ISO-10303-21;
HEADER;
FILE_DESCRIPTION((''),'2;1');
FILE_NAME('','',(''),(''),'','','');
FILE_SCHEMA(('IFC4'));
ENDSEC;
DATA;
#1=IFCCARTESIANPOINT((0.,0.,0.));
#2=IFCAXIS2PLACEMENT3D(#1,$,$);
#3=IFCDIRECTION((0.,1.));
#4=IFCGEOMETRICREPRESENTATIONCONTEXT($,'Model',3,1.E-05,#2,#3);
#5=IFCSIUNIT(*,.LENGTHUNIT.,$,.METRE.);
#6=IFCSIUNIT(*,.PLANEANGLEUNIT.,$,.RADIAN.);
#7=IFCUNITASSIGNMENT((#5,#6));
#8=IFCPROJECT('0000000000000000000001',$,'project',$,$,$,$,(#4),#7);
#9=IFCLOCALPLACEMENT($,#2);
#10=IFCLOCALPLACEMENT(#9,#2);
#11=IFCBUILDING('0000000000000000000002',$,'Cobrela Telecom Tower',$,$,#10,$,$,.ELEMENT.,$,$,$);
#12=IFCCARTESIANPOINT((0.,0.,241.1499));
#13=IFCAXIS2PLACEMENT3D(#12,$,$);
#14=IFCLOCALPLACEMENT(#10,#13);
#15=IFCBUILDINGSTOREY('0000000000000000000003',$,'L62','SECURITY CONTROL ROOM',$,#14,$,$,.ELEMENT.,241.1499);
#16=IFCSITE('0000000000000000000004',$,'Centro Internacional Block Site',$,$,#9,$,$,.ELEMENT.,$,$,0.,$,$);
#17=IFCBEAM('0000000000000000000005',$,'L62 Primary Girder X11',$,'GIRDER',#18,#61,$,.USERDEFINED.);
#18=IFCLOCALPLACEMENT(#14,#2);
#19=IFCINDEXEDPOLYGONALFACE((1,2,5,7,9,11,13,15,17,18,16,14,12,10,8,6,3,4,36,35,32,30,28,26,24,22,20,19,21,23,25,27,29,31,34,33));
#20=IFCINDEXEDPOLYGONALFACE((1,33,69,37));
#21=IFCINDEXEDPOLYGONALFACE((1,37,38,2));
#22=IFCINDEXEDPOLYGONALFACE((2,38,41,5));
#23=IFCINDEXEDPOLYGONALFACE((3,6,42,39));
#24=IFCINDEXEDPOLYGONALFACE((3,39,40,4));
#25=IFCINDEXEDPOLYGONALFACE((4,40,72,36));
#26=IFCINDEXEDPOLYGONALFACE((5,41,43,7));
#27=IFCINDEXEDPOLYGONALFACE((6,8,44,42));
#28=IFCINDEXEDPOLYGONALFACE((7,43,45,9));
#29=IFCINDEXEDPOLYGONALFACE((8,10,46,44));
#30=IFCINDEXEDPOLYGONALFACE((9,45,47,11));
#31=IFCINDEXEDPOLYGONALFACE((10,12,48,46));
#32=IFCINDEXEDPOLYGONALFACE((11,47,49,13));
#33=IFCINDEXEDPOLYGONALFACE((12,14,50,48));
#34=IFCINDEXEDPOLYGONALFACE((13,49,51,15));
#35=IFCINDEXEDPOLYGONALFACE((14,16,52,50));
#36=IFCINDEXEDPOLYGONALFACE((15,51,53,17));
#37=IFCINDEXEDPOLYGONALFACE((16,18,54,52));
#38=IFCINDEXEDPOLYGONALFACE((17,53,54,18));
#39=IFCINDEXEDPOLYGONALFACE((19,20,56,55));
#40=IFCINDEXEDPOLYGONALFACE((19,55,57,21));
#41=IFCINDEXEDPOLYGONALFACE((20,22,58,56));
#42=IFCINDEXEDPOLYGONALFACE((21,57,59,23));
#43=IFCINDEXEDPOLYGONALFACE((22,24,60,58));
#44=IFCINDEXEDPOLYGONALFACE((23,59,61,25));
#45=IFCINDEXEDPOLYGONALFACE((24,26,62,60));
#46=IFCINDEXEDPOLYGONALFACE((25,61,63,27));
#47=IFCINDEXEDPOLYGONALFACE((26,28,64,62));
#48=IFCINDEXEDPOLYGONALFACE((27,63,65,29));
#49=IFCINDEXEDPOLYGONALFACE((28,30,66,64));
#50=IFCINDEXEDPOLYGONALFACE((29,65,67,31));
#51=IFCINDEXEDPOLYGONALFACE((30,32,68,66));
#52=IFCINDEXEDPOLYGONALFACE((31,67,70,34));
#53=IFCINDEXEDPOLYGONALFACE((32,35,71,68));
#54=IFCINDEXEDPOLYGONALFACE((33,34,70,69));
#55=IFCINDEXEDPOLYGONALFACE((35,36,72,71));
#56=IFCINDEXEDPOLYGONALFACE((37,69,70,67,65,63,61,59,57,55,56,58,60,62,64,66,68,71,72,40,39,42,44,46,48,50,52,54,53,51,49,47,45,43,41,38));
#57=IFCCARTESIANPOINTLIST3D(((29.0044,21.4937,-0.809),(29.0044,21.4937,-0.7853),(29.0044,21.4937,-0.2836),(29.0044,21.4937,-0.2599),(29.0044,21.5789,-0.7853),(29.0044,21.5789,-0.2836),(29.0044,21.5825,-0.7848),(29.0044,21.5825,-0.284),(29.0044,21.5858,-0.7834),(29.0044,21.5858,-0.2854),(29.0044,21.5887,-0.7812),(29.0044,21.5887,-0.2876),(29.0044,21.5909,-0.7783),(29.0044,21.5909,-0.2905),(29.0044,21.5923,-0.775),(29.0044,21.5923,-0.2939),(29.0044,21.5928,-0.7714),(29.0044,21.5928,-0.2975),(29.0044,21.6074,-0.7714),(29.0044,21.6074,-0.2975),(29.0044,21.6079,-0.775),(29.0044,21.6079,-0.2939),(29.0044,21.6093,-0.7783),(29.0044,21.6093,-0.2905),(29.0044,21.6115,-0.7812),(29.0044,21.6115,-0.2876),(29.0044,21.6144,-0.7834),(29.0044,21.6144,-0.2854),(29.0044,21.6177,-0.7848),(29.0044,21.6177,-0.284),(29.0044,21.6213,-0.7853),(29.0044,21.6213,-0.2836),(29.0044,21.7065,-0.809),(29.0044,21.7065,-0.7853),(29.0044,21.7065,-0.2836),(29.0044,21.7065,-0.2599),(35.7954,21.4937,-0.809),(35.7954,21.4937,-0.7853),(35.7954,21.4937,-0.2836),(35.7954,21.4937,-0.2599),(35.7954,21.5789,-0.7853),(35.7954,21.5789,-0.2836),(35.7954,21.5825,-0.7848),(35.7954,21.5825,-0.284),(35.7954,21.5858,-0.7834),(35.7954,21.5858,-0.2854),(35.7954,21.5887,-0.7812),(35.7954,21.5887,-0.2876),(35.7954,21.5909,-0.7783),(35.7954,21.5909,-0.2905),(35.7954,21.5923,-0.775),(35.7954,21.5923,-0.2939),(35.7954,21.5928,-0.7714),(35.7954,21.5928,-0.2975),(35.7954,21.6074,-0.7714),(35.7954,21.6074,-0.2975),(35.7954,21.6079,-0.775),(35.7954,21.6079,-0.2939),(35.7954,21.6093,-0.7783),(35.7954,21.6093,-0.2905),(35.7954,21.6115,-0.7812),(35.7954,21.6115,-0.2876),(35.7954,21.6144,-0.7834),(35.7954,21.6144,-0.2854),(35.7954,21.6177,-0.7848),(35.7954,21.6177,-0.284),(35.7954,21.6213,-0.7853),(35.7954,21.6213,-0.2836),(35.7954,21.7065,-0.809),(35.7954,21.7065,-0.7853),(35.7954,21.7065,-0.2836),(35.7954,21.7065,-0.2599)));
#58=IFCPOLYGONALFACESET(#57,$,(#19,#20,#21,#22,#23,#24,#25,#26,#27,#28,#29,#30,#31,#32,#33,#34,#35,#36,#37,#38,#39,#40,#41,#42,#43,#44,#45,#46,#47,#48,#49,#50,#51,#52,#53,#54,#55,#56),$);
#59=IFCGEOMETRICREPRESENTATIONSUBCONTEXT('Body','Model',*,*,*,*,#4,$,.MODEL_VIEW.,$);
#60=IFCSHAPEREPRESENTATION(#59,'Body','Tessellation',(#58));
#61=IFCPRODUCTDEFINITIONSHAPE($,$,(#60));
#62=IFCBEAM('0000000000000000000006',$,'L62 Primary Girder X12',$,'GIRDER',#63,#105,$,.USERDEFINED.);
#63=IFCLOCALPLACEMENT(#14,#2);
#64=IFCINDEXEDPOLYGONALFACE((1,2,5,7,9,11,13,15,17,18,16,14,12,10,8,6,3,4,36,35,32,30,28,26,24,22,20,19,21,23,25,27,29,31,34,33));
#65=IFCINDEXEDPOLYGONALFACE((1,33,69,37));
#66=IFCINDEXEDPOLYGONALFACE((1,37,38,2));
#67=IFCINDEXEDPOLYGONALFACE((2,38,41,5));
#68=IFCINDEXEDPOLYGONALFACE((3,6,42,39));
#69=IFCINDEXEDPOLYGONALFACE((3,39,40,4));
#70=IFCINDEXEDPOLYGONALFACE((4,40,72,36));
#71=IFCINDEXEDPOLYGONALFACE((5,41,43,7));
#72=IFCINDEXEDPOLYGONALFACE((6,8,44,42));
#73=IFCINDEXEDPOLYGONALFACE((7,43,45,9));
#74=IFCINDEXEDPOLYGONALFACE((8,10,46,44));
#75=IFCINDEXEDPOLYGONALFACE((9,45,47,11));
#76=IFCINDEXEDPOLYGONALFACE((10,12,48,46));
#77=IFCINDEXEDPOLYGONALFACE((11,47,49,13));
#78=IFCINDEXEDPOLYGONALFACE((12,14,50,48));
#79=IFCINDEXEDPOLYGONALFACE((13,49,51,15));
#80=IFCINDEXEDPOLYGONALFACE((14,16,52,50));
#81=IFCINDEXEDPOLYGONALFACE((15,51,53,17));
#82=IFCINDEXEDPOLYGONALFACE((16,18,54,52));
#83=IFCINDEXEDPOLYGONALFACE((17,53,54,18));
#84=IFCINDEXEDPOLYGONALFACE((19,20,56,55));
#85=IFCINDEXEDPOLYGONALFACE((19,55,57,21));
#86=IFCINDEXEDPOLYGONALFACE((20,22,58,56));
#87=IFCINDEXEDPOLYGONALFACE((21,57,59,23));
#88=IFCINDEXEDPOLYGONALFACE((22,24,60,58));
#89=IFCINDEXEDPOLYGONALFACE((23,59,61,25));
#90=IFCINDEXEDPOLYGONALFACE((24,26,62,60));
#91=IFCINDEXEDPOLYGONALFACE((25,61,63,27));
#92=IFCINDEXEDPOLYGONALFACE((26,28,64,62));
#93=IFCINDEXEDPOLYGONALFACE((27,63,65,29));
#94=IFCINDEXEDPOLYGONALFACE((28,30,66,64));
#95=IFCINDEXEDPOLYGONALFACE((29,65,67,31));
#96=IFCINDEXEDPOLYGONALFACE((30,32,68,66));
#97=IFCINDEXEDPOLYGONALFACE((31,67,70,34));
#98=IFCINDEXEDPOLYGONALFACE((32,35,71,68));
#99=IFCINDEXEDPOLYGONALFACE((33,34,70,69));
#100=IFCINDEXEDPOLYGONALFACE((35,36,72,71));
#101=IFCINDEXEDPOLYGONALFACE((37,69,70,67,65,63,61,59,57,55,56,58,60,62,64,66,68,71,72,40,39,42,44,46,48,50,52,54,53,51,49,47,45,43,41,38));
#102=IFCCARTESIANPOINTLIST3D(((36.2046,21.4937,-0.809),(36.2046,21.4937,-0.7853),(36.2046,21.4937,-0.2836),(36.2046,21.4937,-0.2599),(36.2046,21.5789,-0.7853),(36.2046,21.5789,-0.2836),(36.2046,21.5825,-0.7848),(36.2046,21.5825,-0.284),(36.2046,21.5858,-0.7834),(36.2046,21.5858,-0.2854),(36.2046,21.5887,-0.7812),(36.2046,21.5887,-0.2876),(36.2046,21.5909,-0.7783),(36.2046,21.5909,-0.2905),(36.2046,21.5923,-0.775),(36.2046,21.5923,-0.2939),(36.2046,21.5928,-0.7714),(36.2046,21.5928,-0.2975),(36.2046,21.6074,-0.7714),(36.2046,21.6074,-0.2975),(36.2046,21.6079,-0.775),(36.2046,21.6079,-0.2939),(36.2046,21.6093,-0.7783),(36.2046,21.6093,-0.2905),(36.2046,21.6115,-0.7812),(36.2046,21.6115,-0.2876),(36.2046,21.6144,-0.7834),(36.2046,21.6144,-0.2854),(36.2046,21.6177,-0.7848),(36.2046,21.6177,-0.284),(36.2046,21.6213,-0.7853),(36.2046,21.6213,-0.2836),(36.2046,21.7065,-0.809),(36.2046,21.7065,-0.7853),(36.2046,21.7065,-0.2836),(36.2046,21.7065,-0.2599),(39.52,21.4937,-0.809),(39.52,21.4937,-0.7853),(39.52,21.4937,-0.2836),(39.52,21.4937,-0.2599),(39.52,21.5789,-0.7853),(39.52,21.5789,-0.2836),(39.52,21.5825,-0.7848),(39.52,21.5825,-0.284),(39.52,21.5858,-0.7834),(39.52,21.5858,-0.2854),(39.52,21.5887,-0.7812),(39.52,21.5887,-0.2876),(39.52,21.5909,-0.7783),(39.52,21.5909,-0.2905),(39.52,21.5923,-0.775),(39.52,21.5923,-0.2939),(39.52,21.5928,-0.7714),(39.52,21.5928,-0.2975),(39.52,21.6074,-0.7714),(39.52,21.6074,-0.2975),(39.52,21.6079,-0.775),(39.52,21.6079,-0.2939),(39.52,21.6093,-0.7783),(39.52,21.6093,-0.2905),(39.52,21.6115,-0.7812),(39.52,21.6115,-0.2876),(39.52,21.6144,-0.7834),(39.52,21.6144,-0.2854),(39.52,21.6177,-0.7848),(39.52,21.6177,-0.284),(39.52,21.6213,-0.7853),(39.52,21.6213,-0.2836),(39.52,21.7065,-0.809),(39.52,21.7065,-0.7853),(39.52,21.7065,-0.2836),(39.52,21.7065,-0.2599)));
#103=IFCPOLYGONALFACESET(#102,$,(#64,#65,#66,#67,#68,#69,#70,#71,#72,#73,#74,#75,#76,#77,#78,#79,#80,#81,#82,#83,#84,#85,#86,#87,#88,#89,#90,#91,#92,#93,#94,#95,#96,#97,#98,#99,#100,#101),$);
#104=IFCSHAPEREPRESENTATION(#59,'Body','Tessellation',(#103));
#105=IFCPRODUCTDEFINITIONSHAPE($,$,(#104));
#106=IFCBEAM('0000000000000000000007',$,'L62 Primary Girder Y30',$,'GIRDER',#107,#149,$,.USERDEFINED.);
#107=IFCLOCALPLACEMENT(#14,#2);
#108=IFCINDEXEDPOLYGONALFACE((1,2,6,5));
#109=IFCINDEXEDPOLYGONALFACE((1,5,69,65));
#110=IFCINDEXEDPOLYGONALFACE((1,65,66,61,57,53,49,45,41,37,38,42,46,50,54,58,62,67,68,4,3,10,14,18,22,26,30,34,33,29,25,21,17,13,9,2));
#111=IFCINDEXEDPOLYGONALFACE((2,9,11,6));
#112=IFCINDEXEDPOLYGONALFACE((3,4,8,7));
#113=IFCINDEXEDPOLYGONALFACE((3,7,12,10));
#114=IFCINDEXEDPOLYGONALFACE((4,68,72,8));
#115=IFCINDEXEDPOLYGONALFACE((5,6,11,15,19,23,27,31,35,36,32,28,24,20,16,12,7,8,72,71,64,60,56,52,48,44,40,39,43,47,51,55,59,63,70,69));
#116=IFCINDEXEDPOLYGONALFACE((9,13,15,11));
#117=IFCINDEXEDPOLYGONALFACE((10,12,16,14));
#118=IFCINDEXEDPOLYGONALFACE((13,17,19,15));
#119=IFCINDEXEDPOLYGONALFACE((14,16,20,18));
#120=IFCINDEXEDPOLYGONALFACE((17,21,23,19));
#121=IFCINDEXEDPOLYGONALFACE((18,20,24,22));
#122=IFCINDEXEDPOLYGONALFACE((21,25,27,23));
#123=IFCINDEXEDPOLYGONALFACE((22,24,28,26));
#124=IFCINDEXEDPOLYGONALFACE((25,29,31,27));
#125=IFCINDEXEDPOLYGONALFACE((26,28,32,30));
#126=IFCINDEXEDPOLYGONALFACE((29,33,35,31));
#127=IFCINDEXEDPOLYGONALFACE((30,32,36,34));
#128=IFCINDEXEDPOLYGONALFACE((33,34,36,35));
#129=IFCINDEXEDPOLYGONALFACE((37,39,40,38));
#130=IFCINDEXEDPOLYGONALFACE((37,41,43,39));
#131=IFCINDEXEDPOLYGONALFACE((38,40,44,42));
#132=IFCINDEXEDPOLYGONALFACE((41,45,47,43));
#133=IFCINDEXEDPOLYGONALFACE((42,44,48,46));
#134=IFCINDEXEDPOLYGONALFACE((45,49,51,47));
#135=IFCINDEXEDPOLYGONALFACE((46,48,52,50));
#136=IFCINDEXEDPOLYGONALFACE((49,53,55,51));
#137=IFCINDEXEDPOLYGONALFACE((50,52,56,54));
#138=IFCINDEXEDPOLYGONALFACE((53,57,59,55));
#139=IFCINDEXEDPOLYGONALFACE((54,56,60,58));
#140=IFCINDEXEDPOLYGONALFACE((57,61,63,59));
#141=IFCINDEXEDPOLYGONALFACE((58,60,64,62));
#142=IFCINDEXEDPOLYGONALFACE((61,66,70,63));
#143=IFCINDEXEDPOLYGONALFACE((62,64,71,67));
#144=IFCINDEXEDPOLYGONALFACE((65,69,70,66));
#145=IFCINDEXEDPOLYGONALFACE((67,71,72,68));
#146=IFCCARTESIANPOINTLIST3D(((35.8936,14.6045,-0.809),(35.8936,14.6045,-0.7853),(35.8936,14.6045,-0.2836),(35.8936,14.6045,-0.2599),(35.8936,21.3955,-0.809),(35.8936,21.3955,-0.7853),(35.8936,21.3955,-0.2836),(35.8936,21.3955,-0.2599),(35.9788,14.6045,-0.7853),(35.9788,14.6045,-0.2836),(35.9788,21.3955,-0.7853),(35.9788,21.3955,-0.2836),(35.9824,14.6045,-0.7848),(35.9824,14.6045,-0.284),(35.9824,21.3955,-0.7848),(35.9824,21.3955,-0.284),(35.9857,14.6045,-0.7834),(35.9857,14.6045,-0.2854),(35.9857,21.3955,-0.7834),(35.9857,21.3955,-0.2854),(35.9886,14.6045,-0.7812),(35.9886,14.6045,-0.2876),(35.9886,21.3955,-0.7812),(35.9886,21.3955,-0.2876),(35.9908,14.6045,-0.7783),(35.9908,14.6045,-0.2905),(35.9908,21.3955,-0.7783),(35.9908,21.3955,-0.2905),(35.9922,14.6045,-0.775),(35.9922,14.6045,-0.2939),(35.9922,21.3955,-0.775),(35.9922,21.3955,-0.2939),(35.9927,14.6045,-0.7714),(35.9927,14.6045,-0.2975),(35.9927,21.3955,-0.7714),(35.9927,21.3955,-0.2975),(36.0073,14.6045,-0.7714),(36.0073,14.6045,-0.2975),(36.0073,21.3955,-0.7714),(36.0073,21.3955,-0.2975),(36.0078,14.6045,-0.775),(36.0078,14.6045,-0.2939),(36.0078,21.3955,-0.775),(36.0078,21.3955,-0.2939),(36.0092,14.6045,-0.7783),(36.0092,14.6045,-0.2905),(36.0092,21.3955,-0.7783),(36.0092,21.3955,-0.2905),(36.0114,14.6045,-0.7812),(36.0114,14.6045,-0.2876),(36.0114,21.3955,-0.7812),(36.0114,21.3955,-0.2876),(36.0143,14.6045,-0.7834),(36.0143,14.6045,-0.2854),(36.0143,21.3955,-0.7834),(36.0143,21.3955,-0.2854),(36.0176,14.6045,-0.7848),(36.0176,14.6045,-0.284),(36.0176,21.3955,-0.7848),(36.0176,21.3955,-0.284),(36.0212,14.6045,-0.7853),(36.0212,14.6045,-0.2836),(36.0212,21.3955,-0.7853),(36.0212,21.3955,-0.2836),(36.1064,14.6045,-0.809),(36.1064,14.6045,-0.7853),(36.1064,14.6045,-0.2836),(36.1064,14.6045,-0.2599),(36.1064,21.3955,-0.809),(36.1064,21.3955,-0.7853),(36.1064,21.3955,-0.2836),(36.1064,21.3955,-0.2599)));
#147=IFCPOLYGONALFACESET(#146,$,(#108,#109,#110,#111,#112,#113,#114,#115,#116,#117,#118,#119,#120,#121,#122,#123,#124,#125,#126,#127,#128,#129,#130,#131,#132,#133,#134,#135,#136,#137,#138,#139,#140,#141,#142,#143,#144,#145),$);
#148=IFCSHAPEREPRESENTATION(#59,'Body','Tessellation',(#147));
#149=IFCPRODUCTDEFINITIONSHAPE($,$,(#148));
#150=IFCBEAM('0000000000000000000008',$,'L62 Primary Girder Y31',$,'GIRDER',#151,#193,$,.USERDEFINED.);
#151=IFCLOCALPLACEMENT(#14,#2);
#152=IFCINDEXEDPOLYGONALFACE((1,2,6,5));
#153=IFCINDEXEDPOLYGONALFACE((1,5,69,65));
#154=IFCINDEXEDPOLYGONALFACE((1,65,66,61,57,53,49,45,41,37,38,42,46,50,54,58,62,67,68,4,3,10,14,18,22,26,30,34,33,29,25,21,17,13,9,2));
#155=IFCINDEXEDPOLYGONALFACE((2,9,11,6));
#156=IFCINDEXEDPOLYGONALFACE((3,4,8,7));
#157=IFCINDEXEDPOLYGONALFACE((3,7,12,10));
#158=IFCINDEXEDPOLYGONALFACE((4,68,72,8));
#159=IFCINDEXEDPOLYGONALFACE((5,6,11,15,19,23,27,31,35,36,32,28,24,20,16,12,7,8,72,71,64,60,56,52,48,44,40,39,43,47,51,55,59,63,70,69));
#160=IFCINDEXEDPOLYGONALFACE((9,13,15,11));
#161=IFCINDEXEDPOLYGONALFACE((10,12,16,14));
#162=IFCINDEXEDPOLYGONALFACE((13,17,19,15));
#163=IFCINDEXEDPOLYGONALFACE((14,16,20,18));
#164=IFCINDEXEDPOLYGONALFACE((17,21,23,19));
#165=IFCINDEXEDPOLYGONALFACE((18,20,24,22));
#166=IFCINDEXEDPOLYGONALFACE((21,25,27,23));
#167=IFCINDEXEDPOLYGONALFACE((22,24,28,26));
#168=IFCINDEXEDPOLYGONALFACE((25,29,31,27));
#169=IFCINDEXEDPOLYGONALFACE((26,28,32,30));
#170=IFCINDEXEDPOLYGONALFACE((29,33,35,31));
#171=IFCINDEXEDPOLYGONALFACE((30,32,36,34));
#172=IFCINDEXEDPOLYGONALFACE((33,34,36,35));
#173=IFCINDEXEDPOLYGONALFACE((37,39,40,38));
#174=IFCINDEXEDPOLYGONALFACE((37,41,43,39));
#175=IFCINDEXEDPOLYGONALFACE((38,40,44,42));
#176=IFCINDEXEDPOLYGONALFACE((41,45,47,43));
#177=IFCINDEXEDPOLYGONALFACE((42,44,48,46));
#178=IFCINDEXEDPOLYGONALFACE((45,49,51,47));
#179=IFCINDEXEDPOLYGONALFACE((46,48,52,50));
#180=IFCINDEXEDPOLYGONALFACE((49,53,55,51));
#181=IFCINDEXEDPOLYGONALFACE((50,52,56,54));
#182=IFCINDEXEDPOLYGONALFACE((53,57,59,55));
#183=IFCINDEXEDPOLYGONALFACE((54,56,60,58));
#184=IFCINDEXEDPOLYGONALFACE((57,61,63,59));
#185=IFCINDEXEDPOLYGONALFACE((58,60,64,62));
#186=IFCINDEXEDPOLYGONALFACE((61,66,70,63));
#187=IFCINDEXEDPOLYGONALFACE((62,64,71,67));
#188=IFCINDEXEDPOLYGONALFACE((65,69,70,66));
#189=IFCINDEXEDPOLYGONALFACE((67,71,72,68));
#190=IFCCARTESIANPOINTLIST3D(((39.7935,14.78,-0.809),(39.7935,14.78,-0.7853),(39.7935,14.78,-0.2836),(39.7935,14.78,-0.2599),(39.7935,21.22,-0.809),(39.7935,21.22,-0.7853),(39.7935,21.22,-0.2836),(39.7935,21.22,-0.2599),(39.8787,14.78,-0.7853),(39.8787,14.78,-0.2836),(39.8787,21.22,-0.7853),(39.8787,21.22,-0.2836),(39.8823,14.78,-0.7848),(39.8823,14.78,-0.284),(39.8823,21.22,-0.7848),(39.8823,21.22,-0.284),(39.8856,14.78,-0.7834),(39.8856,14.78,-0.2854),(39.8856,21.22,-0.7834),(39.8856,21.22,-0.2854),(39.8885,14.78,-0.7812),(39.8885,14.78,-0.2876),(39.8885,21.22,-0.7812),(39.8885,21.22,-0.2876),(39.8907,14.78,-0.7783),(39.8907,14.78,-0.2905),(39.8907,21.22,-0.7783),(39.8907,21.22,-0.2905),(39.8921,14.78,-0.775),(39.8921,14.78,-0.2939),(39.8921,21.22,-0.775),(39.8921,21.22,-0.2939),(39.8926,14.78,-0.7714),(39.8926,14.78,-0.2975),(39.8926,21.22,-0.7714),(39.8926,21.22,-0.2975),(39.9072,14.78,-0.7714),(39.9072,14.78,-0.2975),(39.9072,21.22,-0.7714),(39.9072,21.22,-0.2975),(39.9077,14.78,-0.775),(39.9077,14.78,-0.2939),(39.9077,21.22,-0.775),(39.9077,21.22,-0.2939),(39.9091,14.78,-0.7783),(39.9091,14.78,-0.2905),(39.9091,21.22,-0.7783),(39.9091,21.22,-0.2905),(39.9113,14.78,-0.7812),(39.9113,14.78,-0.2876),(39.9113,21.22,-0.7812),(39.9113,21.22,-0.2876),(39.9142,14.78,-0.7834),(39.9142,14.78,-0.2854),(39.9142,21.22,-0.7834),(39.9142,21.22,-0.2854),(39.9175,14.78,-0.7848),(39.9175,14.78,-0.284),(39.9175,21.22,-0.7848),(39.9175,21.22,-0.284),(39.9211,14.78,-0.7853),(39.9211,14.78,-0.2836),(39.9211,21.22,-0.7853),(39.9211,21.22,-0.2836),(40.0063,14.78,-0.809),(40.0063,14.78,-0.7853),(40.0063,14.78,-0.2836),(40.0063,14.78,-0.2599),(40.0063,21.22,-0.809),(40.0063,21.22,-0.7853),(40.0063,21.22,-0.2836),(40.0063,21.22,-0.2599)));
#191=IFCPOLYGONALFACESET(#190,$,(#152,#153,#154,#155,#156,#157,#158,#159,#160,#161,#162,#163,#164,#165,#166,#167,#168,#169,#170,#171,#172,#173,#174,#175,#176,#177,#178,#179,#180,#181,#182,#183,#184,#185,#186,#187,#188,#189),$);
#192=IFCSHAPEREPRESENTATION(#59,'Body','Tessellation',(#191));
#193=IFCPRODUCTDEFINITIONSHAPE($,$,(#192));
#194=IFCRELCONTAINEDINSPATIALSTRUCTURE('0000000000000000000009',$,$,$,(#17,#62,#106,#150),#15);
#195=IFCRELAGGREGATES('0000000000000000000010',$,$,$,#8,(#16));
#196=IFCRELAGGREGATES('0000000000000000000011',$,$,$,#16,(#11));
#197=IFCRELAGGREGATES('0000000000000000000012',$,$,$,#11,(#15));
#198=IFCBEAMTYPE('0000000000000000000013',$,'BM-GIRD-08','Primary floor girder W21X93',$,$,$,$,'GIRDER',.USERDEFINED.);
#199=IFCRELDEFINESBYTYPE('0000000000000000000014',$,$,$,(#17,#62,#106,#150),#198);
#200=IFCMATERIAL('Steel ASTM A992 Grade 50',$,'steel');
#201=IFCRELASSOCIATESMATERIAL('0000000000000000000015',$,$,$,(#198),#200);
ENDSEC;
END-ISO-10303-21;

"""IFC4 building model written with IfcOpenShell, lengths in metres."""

from ifc_helpers import new_model, si_unit, direction, frame, origin, origin_2d, place, context, subcontext, project, spatial, i_section, extrude, material, material_profile, profile_set, type_object, element, save


model = new_model("IFC4")

# Units and contexts
model_context = context("Model", 3, precision=1e-05, world=origin(), true_north=direction((0.0, 1.0)))
body_context = subcontext(model_context, "Body", "Model", "MODEL_VIEW")
ifc_project = project(units=[si_unit("LENGTHUNIT", "METRE"), si_unit("PLANEANGLEUNIT", "RADIAN")], contexts=[model_context])

# Site, building, storey
site_placement = place(None, origin())
site = spatial("IfcSite", under=ifc_project, at=site_placement, Name="Centro Internacional Block Site", CompositionType="ELEMENT", RefElevation=0.0)
building_placement = place(site_placement, origin())
building = spatial("IfcBuilding", under=site, at=building_placement, Name="Cobrela Telecom Tower", CompositionType="ELEMENT")
storey_placement = place(building_placement, frame((0.0, 0.0, 241.1499)))
storey = spatial("IfcBuildingStorey", under=building, at=storey_placement, Name="L62", Description="SECURITY CONTROL ROOM", CompositionType="ELEMENT", Elevation=241.1499)

# Shared definitions
ifc_material_1 = material(Name="Steel ASTM A992 Grade 50", Category="steel")

# Beams
ifc_material_profile_1 = material_profile(ifc_material_1, i_section(OverallWidth=0.2129, OverallDepth=0.5491, WebThickness=0.0146, FlangeThickness=0.0237, FilletRadius=0.0139, at=origin_2d()), Name="W21X93")
ifc_profile_set_1 = profile_set([ifc_material_profile_1], Name="Steel ASTM A992 Grade 50")
beam_type_1 = type_object("IfcBeamType", Name="BM-GIRD-08", Description="Primary floor girder W21X93", ElementType="GIRDER", PredefinedType="USERDEFINED", material=ifc_profile_set_1)
beam_1_placement = place(storey_placement, frame((29.0044, 21.6001, -0.5344), z_axis=(1.0, 0.0, 0.0), x_axis=(0.0, 1.0, 0.0)))
element("IfcBeam", 1, at=beam_1_placement, inside=storey, type_object=beam_type_1, Name="L62 Primary Girder X11", ObjectType="GIRDER", PredefinedType="USERDEFINED", context=body_context, shape_type="SweptSolid", body=[
    extrude(i_section(OverallWidth=0.2129, OverallDepth=0.5491, WebThickness=0.0146, FlangeThickness=0.0237, FilletRadius=0.0139, at=origin_2d()), origin(), (0.0, 0.0, 1.0), 6.791),
])
beam_2_placement = place(storey_placement, frame((36.2046, 21.6001, -0.5344), z_axis=(1.0, 0.0, 0.0), x_axis=(0.0, 1.0, 0.0)))
element("IfcBeam", 2, at=beam_2_placement, inside=storey, type_object=beam_type_1, Name="L62 Primary Girder X12", ObjectType="GIRDER", PredefinedType="USERDEFINED", context=body_context, shape_type="SweptSolid", body=[
    extrude(i_section(OverallWidth=0.2129, OverallDepth=0.5491, WebThickness=0.0146, FlangeThickness=0.0237, FilletRadius=0.0139, at=origin_2d()), origin(), (0.0, 0.0, 1.0), 3.3154),
])
beam_3_placement = place(storey_placement, frame((36.0, 14.6045, -0.5344), z_axis=(0.0, 1.0, 0.0), x_axis=(-1.0, 0.0, 0.0)))
element("IfcBeam", 3, at=beam_3_placement, inside=storey, type_object=beam_type_1, Name="L62 Primary Girder Y30", ObjectType="GIRDER", PredefinedType="USERDEFINED", context=body_context, shape_type="SweptSolid", body=[
    extrude(i_section(OverallWidth=0.2129, OverallDepth=0.5491, WebThickness=0.0146, FlangeThickness=0.0237, FilletRadius=0.0139, at=origin_2d()), origin(), (0.0, 0.0, 1.0), 6.791),
])
beam_4_placement = place(storey_placement, frame((39.8999, 14.78, -0.5344), z_axis=(0.0, 1.0, 0.0), x_axis=(-1.0, 0.0, 0.0)))
element("IfcBeam", 4, at=beam_4_placement, inside=storey, type_object=beam_type_1, Name="L62 Primary Girder Y31", ObjectType="GIRDER", PredefinedType="USERDEFINED", context=body_context, shape_type="SweptSolid", body=[
    extrude(i_section(OverallWidth=0.2129, OverallDepth=0.5491, WebThickness=0.0146, FlangeThickness=0.0237, FilletRadius=0.0139, at=origin_2d()), origin(), (0.0, 0.0, 1.0), 6.4399),
])

save(model, "model.ifc")
